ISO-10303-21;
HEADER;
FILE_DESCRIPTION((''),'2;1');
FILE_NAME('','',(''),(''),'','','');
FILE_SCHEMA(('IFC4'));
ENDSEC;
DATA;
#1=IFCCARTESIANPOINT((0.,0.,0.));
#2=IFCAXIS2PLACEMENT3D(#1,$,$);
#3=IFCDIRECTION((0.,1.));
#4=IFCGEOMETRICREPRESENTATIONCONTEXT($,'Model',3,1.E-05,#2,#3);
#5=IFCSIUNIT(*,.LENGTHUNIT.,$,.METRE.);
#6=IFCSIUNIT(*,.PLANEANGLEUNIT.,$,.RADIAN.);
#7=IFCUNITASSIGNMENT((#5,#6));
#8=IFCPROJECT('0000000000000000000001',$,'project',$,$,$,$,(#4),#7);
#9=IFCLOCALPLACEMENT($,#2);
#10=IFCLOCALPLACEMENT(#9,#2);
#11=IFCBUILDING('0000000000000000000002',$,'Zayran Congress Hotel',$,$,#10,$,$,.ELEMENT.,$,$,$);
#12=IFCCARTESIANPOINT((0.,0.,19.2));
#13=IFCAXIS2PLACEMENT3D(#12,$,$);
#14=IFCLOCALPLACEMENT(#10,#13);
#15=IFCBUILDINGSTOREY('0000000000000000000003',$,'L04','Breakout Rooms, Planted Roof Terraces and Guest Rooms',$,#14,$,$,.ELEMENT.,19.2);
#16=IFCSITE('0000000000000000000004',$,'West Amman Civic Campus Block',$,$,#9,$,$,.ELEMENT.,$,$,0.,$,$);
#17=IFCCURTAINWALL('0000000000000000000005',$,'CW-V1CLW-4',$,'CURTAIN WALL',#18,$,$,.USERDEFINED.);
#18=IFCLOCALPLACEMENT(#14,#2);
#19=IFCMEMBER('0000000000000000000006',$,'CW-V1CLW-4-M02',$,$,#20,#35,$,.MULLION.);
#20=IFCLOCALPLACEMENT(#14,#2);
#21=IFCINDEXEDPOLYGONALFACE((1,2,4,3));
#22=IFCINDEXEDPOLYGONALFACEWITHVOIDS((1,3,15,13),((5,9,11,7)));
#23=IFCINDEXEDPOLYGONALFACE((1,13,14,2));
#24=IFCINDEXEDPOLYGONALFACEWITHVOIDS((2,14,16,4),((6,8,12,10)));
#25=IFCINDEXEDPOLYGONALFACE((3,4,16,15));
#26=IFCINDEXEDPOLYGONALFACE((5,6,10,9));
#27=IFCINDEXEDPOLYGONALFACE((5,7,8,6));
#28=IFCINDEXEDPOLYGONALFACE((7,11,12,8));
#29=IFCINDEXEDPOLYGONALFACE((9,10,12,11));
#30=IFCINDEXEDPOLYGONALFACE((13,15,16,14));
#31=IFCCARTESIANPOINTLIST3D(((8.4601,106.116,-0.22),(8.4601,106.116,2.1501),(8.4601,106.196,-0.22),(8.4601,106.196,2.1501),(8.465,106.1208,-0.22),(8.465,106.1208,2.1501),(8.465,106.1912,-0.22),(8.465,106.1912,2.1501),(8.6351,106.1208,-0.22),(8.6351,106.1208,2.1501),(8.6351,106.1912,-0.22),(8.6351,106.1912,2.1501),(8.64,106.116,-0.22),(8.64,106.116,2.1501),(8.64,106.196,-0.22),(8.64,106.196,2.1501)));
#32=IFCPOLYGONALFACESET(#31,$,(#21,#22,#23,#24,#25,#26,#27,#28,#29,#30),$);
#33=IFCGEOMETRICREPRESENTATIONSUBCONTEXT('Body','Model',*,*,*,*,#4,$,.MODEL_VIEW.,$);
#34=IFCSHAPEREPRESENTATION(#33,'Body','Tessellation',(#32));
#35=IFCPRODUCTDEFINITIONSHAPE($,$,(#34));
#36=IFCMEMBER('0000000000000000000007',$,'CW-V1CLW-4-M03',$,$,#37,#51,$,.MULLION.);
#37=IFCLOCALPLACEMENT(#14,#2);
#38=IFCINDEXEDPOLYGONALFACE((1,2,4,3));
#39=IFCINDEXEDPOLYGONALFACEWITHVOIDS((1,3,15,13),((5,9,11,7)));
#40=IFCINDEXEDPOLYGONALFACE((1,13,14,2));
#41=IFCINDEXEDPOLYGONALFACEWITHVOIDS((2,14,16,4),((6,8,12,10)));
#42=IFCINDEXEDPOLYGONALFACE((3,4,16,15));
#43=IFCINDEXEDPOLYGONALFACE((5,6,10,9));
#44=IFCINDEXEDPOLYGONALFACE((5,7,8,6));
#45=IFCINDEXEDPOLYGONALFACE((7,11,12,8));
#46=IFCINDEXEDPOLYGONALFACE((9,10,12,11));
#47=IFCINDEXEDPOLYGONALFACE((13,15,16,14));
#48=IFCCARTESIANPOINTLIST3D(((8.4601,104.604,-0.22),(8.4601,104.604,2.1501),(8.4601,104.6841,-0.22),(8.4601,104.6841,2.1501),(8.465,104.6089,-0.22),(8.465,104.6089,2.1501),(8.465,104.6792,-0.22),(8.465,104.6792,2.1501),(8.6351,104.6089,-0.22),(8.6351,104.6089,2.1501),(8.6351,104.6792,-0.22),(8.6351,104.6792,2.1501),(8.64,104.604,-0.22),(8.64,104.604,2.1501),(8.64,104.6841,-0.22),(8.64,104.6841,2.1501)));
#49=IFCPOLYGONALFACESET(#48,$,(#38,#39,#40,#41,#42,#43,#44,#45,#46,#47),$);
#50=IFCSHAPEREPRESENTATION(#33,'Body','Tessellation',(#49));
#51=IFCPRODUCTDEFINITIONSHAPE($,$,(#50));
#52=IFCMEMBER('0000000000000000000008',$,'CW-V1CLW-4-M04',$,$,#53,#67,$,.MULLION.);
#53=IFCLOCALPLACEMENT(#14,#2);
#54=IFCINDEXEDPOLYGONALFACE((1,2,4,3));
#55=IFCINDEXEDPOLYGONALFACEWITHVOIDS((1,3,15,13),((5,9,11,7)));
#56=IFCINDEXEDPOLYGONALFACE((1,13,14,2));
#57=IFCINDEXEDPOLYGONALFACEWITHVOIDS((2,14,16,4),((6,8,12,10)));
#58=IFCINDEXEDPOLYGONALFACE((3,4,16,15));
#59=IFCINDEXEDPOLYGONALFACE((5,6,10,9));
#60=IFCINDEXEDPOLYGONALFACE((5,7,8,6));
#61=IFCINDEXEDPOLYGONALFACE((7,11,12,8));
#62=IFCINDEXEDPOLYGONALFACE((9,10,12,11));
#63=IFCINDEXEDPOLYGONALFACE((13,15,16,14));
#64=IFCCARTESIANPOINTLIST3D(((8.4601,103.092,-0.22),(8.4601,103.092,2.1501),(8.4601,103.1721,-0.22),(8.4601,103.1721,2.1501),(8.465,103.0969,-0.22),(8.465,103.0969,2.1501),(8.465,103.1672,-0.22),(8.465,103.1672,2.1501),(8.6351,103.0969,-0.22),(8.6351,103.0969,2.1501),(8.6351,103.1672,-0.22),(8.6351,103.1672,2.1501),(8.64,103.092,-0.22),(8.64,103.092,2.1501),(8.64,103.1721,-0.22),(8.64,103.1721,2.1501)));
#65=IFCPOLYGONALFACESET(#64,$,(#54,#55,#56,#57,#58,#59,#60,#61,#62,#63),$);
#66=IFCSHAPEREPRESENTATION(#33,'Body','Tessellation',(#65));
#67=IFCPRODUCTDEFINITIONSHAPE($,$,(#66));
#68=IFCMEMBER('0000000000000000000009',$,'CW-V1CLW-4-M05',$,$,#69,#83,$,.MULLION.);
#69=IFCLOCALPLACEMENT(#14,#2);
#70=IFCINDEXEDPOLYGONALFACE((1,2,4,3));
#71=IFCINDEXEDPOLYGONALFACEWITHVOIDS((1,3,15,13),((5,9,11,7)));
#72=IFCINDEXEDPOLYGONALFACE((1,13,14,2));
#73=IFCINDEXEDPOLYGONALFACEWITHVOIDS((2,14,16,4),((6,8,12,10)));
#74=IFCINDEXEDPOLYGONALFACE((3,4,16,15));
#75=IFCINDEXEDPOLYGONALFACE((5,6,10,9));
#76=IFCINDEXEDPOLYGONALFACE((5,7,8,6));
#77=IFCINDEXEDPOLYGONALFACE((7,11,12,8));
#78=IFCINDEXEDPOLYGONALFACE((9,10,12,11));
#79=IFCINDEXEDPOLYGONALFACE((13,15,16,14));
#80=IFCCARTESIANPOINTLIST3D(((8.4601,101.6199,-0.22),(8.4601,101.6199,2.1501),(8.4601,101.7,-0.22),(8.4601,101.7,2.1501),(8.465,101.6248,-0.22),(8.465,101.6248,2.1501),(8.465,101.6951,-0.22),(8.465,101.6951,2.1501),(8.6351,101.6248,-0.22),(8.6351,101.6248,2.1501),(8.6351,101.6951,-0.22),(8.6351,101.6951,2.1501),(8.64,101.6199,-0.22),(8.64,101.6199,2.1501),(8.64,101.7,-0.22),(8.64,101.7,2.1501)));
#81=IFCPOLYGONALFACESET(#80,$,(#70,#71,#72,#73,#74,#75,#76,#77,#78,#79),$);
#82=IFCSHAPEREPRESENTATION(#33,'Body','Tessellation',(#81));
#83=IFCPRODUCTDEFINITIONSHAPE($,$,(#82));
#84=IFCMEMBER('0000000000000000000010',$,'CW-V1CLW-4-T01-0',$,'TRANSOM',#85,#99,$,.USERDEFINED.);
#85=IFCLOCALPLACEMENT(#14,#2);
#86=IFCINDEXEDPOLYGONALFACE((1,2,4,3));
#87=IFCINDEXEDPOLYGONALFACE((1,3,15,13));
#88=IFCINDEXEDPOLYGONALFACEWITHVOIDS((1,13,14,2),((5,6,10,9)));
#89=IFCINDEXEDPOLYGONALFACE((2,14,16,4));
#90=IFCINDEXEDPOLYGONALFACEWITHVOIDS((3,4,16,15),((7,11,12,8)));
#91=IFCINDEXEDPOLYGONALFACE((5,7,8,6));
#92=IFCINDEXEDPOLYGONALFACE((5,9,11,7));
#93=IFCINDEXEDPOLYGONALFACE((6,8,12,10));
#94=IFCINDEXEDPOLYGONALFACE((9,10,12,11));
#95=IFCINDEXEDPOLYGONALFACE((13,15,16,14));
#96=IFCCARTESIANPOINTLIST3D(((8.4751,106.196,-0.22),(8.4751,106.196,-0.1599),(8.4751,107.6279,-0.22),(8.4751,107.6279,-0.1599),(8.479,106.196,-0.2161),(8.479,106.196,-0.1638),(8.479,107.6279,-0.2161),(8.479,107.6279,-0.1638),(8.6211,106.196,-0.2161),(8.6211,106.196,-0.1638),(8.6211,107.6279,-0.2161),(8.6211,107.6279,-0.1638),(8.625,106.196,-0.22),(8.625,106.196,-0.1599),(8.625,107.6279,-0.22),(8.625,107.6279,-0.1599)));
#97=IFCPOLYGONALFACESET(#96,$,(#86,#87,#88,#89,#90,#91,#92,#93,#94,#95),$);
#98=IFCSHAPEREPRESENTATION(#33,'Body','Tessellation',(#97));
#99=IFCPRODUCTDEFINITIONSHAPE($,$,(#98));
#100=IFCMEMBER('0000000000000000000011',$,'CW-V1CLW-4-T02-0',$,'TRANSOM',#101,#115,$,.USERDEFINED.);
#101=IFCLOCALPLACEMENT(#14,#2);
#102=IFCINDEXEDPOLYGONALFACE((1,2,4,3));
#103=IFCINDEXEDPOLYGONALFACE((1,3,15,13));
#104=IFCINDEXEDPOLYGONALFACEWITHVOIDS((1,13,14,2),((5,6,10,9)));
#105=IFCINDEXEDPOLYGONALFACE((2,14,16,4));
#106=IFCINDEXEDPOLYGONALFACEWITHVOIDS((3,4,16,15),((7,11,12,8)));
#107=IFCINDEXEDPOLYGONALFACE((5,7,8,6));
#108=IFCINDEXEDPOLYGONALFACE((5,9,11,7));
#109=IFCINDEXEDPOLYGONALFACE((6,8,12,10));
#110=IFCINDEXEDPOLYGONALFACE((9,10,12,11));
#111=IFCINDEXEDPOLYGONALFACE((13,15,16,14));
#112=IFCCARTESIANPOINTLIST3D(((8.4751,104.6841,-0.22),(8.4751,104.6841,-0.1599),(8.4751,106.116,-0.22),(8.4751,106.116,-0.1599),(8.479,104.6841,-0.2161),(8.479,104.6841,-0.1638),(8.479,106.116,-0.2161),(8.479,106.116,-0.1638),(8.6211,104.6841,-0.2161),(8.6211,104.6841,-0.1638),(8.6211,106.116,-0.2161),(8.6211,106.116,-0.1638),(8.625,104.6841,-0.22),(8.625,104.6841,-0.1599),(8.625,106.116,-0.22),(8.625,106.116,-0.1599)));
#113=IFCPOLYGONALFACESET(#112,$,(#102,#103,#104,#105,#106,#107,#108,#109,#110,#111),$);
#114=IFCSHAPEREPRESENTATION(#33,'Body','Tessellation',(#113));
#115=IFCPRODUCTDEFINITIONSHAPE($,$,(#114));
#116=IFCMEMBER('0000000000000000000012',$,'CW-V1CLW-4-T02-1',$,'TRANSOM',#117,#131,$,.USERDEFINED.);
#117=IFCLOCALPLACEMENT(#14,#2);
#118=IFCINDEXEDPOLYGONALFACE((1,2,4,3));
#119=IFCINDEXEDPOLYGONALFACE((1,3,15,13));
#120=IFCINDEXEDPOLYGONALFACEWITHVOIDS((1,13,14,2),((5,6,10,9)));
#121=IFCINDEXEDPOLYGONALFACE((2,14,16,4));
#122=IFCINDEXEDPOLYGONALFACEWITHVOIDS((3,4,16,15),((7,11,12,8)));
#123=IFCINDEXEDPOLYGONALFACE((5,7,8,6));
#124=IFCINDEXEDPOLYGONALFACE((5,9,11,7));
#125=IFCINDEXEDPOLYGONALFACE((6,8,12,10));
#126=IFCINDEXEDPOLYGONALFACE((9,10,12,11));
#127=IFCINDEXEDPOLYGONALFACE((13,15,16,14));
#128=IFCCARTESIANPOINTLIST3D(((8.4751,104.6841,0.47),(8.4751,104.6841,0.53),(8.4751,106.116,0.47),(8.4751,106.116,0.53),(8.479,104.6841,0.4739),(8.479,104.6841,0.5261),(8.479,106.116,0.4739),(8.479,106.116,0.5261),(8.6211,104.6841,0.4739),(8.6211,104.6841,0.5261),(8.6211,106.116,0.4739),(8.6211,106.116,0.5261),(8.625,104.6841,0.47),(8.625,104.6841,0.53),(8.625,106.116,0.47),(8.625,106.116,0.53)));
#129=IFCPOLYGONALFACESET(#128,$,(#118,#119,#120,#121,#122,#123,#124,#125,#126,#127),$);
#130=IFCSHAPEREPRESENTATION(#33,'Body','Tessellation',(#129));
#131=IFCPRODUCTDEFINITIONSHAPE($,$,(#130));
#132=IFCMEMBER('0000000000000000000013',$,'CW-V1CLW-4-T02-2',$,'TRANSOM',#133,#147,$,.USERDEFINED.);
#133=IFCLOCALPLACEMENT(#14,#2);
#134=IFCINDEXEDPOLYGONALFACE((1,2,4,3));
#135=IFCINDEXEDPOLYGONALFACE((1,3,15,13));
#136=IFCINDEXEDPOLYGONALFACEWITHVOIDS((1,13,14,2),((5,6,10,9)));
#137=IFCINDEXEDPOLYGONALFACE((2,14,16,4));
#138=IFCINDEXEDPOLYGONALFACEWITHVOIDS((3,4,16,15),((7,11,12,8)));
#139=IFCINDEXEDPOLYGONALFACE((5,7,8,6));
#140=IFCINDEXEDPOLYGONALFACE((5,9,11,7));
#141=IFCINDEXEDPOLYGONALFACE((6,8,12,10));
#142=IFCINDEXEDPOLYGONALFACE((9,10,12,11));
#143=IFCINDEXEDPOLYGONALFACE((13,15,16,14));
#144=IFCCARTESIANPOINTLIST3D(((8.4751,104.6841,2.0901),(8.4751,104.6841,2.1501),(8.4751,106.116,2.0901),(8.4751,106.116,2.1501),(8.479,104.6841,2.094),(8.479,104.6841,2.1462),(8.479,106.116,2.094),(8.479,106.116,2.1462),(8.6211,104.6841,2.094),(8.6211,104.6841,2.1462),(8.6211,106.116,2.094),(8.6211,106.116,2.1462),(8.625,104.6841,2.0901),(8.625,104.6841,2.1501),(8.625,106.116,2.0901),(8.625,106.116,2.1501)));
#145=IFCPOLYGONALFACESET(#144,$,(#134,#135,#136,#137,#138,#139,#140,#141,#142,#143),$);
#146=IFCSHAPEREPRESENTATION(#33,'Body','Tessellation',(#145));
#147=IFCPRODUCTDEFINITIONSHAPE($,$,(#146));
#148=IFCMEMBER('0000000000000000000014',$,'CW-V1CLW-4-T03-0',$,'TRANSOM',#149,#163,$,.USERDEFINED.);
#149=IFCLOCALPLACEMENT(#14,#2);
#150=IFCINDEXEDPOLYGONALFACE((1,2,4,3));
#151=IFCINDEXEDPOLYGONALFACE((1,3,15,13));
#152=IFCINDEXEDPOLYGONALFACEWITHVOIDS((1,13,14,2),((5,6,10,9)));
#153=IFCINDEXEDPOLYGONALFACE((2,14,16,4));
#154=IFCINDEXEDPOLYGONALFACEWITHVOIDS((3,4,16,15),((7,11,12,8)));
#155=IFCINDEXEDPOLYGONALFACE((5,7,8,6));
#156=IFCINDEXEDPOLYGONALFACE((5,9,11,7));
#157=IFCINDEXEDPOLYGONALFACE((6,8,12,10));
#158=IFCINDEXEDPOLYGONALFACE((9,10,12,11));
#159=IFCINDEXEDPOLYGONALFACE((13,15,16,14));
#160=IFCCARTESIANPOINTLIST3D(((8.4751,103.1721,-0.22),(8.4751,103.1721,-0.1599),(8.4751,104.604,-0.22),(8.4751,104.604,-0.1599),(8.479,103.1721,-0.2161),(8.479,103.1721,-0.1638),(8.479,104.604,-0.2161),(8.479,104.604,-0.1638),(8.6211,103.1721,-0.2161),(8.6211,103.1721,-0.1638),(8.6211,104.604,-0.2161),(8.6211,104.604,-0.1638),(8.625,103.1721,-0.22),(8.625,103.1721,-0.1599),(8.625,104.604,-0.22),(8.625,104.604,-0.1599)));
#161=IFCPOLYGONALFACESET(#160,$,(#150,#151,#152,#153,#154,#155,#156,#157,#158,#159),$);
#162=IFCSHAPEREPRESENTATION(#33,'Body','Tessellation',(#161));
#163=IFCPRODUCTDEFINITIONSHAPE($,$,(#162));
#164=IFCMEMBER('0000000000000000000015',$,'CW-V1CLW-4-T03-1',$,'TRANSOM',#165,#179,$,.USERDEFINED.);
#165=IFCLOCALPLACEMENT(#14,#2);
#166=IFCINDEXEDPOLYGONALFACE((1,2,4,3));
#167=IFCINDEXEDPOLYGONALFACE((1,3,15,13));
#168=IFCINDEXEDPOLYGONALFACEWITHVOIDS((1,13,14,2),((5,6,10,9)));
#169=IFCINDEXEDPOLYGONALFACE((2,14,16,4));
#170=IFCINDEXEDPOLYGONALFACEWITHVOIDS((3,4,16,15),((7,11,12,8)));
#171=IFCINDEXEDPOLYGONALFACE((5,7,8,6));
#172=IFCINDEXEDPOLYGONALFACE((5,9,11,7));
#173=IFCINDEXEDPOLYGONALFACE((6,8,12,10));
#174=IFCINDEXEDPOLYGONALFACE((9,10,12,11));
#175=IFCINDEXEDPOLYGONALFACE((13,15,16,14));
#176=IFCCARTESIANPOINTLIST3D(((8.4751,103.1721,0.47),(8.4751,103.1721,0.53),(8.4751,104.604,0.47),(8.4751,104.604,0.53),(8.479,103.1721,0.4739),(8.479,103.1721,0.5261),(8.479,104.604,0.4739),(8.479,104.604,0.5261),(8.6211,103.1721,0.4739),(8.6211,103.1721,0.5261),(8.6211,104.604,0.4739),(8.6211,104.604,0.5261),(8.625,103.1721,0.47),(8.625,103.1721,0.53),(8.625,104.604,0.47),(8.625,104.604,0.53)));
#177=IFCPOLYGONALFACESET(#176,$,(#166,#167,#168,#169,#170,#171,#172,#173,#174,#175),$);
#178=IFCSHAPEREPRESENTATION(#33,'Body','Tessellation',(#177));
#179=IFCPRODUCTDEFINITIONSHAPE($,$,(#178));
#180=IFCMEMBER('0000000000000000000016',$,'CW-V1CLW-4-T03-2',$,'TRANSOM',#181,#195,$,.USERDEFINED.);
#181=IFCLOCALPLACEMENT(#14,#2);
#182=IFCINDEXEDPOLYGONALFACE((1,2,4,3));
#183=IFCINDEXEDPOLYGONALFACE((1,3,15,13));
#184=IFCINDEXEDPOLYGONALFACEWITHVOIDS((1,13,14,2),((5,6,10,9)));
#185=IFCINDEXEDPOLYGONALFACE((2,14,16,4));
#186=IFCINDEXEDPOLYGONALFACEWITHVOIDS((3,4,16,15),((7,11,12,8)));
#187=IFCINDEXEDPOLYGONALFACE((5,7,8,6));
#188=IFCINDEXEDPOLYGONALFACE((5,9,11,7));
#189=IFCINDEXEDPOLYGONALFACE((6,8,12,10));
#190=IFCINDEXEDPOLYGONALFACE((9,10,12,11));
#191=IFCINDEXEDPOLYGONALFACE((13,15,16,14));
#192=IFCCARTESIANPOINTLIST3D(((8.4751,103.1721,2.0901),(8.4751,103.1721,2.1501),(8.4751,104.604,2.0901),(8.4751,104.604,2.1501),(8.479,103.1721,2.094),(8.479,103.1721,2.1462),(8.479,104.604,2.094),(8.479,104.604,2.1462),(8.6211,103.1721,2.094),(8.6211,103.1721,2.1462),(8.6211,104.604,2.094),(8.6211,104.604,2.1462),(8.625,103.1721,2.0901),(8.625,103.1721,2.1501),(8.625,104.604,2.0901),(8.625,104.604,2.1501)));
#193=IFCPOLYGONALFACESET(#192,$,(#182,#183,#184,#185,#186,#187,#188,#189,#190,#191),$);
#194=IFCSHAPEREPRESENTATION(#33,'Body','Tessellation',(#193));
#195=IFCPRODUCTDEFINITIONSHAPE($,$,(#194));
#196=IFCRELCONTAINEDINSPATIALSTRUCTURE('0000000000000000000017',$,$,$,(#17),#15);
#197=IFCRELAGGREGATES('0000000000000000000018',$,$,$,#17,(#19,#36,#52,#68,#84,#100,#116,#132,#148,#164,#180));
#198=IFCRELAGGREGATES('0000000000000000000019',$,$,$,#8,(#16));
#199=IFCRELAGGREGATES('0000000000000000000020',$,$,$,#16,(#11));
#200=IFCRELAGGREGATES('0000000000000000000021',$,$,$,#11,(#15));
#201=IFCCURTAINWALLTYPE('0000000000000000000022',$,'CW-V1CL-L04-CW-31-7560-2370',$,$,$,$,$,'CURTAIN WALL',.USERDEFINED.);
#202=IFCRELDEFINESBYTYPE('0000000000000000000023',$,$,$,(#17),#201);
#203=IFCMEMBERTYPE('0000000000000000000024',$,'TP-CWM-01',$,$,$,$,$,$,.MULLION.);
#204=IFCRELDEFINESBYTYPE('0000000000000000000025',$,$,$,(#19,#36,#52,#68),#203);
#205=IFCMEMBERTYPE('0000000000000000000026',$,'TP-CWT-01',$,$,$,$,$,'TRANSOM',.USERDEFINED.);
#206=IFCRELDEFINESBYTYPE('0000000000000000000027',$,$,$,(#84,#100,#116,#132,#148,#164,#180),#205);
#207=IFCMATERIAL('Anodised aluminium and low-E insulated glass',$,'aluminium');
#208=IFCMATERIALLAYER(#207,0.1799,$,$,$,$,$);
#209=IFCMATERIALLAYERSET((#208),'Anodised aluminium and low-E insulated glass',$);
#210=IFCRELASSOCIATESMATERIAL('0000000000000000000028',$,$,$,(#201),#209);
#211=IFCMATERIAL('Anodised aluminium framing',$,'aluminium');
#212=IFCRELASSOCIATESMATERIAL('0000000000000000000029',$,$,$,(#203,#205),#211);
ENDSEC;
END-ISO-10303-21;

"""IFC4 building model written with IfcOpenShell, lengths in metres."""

from ifc_helpers import new_model, si_unit, direction, frame, origin, origin_2d, place, context, subcontext, project, spatial, hollow_rectangle, extrude, material, layer, layer_set, material_profile, profile_set, type_object, element, aggregate, save


model = new_model("IFC4")

# Units and contexts
model_context = context("Model", 3, precision=1e-05, world=origin(), true_north=direction((0.0, 1.0)))
body_context = subcontext(model_context, "Body", "Model", "MODEL_VIEW")
ifc_project = project(units=[si_unit("LENGTHUNIT", "METRE"), si_unit("PLANEANGLEUNIT", "RADIAN")], contexts=[model_context])

# Site, building, storey
site_placement = place(None, origin())
site = spatial("IfcSite", under=ifc_project, at=site_placement, Name="West Amman Civic Campus Block", CompositionType="ELEMENT", RefElevation=0.0)
building_placement = place(site_placement, origin())
building = spatial("IfcBuilding", under=site, at=building_placement, Name="Zayran Congress Hotel", CompositionType="ELEMENT")
storey_placement = place(building_placement, frame((0.0, 0.0, 19.2)))
storey = spatial("IfcBuildingStorey", under=building, at=storey_placement, Name="L04", Description="Breakout Rooms, Planted Roof Terraces and Guest Rooms", CompositionType="ELEMENT", Elevation=19.2)

# Curtain wall, members
ifc_material_1 = material(Name="Anodised aluminium and low-E insulated glass", Category="aluminium")
ifc_layer_1 = layer(ifc_material_1, 0.1799)
ifc_layer_set_1 = layer_set([ifc_layer_1], Name="Anodised aluminium and low-E insulated glass")
curtain_wall_type = type_object("IfcCurtainWallType", Name="CW-V1CL-L04-CW-31-7560-2370", ElementType="CURTAIN WALL", PredefinedType="USERDEFINED", material=ifc_layer_set_1)
curtain_wall_placement = place(storey_placement, origin())
curtain_wall = element("IfcCurtainWall", 1, at=curtain_wall_placement, inside=storey, type_object=curtain_wall_type, Name="CW-V1CLW-4", ObjectType="CURTAIN WALL", PredefinedType="USERDEFINED")
ifc_material_2 = material(Name="Anodised aluminium framing", Category="aluminium")
ifc_material_profile_1 = material_profile(ifc_material_2, hollow_rectangle(XDim=0.0801, YDim=0.1799, WallThickness=0.0049, at=origin_2d()), Name="RHS 180x80x5")
ifc_profile_set_1 = profile_set([ifc_material_profile_1], Name="Anodised aluminium framing")
member_type_1 = type_object("IfcMemberType", Name="TP-CWM-01", PredefinedType="MULLION", material=ifc_profile_set_1)
member_1_placement = place(storey_placement, frame((8.55, 106.156, -0.22), z_axis=(0.0, 0.0, 1.0), x_axis=(0.0, 1.0, 0.0)))
member_1 = element("IfcMember", 2, at=member_1_placement, type_object=member_type_1, Name="CW-V1CLW-4-M02", PredefinedType="MULLION", context=body_context, shape_type="SweptSolid", body=[
    extrude(hollow_rectangle(XDim=0.0801, YDim=0.1799, WallThickness=0.0049, at=origin_2d()), origin(), (0.0, 0.0, 1.0), 2.3701),
])
member_2_placement = place(storey_placement, frame((8.55, 104.644, -0.22), z_axis=(0.0, 0.0, 1.0), x_axis=(0.0, 1.0, 0.0)))
member_2 = element("IfcMember", 3, at=member_2_placement, type_object=member_type_1, Name="CW-V1CLW-4-M03", PredefinedType="MULLION", context=body_context, shape_type="SweptSolid", body=[
    extrude(hollow_rectangle(XDim=0.0801, YDim=0.1799, WallThickness=0.0049, at=origin_2d()), origin(), (0.0, 0.0, 1.0), 2.3701),
])
member_3_placement = place(storey_placement, frame((8.55, 103.1321, -0.22), z_axis=(0.0, 0.0, 1.0), x_axis=(0.0, 1.0, 0.0)))
member_3 = element("IfcMember", 4, at=member_3_placement, type_object=member_type_1, Name="CW-V1CLW-4-M04", PredefinedType="MULLION", context=body_context, shape_type="SweptSolid", body=[
    extrude(hollow_rectangle(XDim=0.0801, YDim=0.1799, WallThickness=0.0049, at=origin_2d()), origin(), (0.0, 0.0, 1.0), 2.3701),
])
member_4_placement = place(storey_placement, frame((8.55, 101.6599, -0.22), z_axis=(0.0, 0.0, 1.0), x_axis=(0.0, 1.0, 0.0)))
member_4 = element("IfcMember", 5, at=member_4_placement, type_object=member_type_1, Name="CW-V1CLW-4-M05", PredefinedType="MULLION", context=body_context, shape_type="SweptSolid", body=[
    extrude(hollow_rectangle(XDim=0.0801, YDim=0.1799, WallThickness=0.0049, at=origin_2d()), origin(), (0.0, 0.0, 1.0), 2.3701),
])
ifc_material_profile_2 = material_profile(ifc_material_2, hollow_rectangle(XDim=0.0601, YDim=0.1499, WallThickness=0.0039, at=origin_2d()), Name="RHS 150x60x4")
ifc_profile_set_2 = profile_set([ifc_material_profile_2], Name="Anodised aluminium framing")
member_type_2 = type_object("IfcMemberType", Name="TP-CWT-01", ElementType="TRANSOM", PredefinedType="USERDEFINED", material=ifc_profile_set_2)
member_5_placement = place(storey_placement, frame((8.55, 107.6279, -0.1899), z_axis=(0.0, -1.0, 0.0), x_axis=(0.0, 0.0, 1.0)))
member_5 = element("IfcMember", 6, at=member_5_placement, type_object=member_type_2, Name="CW-V1CLW-4-T01-0", ObjectType="TRANSOM", PredefinedType="USERDEFINED", context=body_context, shape_type="SweptSolid", body=[
    extrude(hollow_rectangle(XDim=0.0601, YDim=0.1499, WallThickness=0.0039, at=origin_2d()), origin(), (0.0, 0.0, 1.0), 1.4319),
])
member_6_placement = place(storey_placement, frame((8.55, 106.116, -0.1899), z_axis=(0.0, -1.0, 0.0), x_axis=(0.0, 0.0, 1.0)))
member_6 = element("IfcMember", 7, at=member_6_placement, type_object=member_type_2, Name="CW-V1CLW-4-T02-0", ObjectType="TRANSOM", PredefinedType="USERDEFINED", context=body_context, shape_type="SweptSolid", body=[
    extrude(hollow_rectangle(XDim=0.0601, YDim=0.1499, WallThickness=0.0039, at=origin_2d()), origin(), (0.0, 0.0, 1.0), 1.4319),
])
member_7_placement = place(storey_placement, frame((8.55, 106.116, 0.5), z_axis=(0.0, -1.0, 0.0), x_axis=(0.0, 0.0, 1.0)))
member_7 = element("IfcMember", 8, at=member_7_placement, type_object=member_type_2, Name="CW-V1CLW-4-T02-1", ObjectType="TRANSOM", PredefinedType="USERDEFINED", context=body_context, shape_type="SweptSolid", body=[
    extrude(hollow_rectangle(XDim=0.0601, YDim=0.1499, WallThickness=0.0039, at=origin_2d()), origin(), (0.0, 0.0, 1.0), 1.4319),
])
member_8_placement = place(storey_placement, frame((8.55, 106.116, 2.1201), z_axis=(0.0, -1.0, 0.0), x_axis=(0.0, 0.0, 1.0)))
member_8 = element("IfcMember", 9, at=member_8_placement, type_object=member_type_2, Name="CW-V1CLW-4-T02-2", ObjectType="TRANSOM", PredefinedType="USERDEFINED", context=body_context, shape_type="SweptSolid", body=[
    extrude(hollow_rectangle(XDim=0.0601, YDim=0.1499, WallThickness=0.0039, at=origin_2d()), origin(), (0.0, 0.0, 1.0), 1.4319),
])
member_9_placement = place(storey_placement, frame((8.55, 104.604, -0.1899), z_axis=(0.0, -1.0, 0.0), x_axis=(0.0, 0.0, 1.0)))
member_9 = element("IfcMember", 10, at=member_9_placement, type_object=member_type_2, Name="CW-V1CLW-4-T03-0", ObjectType="TRANSOM", PredefinedType="USERDEFINED", context=body_context, shape_type="SweptSolid", body=[
    extrude(hollow_rectangle(XDim=0.0601, YDim=0.1499, WallThickness=0.0039, at=origin_2d()), origin(), (0.0, 0.0, 1.0), 1.4319),
])
member_10_placement = place(storey_placement, frame((8.55, 104.604, 0.5), z_axis=(0.0, -1.0, 0.0), x_axis=(0.0, 0.0, 1.0)))
member_10 = element("IfcMember", 11, at=member_10_placement, type_object=member_type_2, Name="CW-V1CLW-4-T03-1", ObjectType="TRANSOM", PredefinedType="USERDEFINED", context=body_context, shape_type="SweptSolid", body=[
    extrude(hollow_rectangle(XDim=0.0601, YDim=0.1499, WallThickness=0.0039, at=origin_2d()), origin(), (0.0, 0.0, 1.0), 1.4319),
])
member_11_placement = place(storey_placement, frame((8.55, 104.604, 2.1201), z_axis=(0.0, -1.0, 0.0), x_axis=(0.0, 0.0, 1.0)))
member_11 = element("IfcMember", 12, at=member_11_placement, type_object=member_type_2, Name="CW-V1CLW-4-T03-2", ObjectType="TRANSOM", PredefinedType="USERDEFINED", context=body_context, shape_type="SweptSolid", body=[
    extrude(hollow_rectangle(XDim=0.0601, YDim=0.1499, WallThickness=0.0039, at=origin_2d()), origin(), (0.0, 0.0, 1.0), 1.4319),
])

aggregate(curtain_wall, [member_1, member_2, member_3, member_4, member_5, member_6, member_7, member_8, member_9, member_10, member_11])

save(model, "model.ifc")
